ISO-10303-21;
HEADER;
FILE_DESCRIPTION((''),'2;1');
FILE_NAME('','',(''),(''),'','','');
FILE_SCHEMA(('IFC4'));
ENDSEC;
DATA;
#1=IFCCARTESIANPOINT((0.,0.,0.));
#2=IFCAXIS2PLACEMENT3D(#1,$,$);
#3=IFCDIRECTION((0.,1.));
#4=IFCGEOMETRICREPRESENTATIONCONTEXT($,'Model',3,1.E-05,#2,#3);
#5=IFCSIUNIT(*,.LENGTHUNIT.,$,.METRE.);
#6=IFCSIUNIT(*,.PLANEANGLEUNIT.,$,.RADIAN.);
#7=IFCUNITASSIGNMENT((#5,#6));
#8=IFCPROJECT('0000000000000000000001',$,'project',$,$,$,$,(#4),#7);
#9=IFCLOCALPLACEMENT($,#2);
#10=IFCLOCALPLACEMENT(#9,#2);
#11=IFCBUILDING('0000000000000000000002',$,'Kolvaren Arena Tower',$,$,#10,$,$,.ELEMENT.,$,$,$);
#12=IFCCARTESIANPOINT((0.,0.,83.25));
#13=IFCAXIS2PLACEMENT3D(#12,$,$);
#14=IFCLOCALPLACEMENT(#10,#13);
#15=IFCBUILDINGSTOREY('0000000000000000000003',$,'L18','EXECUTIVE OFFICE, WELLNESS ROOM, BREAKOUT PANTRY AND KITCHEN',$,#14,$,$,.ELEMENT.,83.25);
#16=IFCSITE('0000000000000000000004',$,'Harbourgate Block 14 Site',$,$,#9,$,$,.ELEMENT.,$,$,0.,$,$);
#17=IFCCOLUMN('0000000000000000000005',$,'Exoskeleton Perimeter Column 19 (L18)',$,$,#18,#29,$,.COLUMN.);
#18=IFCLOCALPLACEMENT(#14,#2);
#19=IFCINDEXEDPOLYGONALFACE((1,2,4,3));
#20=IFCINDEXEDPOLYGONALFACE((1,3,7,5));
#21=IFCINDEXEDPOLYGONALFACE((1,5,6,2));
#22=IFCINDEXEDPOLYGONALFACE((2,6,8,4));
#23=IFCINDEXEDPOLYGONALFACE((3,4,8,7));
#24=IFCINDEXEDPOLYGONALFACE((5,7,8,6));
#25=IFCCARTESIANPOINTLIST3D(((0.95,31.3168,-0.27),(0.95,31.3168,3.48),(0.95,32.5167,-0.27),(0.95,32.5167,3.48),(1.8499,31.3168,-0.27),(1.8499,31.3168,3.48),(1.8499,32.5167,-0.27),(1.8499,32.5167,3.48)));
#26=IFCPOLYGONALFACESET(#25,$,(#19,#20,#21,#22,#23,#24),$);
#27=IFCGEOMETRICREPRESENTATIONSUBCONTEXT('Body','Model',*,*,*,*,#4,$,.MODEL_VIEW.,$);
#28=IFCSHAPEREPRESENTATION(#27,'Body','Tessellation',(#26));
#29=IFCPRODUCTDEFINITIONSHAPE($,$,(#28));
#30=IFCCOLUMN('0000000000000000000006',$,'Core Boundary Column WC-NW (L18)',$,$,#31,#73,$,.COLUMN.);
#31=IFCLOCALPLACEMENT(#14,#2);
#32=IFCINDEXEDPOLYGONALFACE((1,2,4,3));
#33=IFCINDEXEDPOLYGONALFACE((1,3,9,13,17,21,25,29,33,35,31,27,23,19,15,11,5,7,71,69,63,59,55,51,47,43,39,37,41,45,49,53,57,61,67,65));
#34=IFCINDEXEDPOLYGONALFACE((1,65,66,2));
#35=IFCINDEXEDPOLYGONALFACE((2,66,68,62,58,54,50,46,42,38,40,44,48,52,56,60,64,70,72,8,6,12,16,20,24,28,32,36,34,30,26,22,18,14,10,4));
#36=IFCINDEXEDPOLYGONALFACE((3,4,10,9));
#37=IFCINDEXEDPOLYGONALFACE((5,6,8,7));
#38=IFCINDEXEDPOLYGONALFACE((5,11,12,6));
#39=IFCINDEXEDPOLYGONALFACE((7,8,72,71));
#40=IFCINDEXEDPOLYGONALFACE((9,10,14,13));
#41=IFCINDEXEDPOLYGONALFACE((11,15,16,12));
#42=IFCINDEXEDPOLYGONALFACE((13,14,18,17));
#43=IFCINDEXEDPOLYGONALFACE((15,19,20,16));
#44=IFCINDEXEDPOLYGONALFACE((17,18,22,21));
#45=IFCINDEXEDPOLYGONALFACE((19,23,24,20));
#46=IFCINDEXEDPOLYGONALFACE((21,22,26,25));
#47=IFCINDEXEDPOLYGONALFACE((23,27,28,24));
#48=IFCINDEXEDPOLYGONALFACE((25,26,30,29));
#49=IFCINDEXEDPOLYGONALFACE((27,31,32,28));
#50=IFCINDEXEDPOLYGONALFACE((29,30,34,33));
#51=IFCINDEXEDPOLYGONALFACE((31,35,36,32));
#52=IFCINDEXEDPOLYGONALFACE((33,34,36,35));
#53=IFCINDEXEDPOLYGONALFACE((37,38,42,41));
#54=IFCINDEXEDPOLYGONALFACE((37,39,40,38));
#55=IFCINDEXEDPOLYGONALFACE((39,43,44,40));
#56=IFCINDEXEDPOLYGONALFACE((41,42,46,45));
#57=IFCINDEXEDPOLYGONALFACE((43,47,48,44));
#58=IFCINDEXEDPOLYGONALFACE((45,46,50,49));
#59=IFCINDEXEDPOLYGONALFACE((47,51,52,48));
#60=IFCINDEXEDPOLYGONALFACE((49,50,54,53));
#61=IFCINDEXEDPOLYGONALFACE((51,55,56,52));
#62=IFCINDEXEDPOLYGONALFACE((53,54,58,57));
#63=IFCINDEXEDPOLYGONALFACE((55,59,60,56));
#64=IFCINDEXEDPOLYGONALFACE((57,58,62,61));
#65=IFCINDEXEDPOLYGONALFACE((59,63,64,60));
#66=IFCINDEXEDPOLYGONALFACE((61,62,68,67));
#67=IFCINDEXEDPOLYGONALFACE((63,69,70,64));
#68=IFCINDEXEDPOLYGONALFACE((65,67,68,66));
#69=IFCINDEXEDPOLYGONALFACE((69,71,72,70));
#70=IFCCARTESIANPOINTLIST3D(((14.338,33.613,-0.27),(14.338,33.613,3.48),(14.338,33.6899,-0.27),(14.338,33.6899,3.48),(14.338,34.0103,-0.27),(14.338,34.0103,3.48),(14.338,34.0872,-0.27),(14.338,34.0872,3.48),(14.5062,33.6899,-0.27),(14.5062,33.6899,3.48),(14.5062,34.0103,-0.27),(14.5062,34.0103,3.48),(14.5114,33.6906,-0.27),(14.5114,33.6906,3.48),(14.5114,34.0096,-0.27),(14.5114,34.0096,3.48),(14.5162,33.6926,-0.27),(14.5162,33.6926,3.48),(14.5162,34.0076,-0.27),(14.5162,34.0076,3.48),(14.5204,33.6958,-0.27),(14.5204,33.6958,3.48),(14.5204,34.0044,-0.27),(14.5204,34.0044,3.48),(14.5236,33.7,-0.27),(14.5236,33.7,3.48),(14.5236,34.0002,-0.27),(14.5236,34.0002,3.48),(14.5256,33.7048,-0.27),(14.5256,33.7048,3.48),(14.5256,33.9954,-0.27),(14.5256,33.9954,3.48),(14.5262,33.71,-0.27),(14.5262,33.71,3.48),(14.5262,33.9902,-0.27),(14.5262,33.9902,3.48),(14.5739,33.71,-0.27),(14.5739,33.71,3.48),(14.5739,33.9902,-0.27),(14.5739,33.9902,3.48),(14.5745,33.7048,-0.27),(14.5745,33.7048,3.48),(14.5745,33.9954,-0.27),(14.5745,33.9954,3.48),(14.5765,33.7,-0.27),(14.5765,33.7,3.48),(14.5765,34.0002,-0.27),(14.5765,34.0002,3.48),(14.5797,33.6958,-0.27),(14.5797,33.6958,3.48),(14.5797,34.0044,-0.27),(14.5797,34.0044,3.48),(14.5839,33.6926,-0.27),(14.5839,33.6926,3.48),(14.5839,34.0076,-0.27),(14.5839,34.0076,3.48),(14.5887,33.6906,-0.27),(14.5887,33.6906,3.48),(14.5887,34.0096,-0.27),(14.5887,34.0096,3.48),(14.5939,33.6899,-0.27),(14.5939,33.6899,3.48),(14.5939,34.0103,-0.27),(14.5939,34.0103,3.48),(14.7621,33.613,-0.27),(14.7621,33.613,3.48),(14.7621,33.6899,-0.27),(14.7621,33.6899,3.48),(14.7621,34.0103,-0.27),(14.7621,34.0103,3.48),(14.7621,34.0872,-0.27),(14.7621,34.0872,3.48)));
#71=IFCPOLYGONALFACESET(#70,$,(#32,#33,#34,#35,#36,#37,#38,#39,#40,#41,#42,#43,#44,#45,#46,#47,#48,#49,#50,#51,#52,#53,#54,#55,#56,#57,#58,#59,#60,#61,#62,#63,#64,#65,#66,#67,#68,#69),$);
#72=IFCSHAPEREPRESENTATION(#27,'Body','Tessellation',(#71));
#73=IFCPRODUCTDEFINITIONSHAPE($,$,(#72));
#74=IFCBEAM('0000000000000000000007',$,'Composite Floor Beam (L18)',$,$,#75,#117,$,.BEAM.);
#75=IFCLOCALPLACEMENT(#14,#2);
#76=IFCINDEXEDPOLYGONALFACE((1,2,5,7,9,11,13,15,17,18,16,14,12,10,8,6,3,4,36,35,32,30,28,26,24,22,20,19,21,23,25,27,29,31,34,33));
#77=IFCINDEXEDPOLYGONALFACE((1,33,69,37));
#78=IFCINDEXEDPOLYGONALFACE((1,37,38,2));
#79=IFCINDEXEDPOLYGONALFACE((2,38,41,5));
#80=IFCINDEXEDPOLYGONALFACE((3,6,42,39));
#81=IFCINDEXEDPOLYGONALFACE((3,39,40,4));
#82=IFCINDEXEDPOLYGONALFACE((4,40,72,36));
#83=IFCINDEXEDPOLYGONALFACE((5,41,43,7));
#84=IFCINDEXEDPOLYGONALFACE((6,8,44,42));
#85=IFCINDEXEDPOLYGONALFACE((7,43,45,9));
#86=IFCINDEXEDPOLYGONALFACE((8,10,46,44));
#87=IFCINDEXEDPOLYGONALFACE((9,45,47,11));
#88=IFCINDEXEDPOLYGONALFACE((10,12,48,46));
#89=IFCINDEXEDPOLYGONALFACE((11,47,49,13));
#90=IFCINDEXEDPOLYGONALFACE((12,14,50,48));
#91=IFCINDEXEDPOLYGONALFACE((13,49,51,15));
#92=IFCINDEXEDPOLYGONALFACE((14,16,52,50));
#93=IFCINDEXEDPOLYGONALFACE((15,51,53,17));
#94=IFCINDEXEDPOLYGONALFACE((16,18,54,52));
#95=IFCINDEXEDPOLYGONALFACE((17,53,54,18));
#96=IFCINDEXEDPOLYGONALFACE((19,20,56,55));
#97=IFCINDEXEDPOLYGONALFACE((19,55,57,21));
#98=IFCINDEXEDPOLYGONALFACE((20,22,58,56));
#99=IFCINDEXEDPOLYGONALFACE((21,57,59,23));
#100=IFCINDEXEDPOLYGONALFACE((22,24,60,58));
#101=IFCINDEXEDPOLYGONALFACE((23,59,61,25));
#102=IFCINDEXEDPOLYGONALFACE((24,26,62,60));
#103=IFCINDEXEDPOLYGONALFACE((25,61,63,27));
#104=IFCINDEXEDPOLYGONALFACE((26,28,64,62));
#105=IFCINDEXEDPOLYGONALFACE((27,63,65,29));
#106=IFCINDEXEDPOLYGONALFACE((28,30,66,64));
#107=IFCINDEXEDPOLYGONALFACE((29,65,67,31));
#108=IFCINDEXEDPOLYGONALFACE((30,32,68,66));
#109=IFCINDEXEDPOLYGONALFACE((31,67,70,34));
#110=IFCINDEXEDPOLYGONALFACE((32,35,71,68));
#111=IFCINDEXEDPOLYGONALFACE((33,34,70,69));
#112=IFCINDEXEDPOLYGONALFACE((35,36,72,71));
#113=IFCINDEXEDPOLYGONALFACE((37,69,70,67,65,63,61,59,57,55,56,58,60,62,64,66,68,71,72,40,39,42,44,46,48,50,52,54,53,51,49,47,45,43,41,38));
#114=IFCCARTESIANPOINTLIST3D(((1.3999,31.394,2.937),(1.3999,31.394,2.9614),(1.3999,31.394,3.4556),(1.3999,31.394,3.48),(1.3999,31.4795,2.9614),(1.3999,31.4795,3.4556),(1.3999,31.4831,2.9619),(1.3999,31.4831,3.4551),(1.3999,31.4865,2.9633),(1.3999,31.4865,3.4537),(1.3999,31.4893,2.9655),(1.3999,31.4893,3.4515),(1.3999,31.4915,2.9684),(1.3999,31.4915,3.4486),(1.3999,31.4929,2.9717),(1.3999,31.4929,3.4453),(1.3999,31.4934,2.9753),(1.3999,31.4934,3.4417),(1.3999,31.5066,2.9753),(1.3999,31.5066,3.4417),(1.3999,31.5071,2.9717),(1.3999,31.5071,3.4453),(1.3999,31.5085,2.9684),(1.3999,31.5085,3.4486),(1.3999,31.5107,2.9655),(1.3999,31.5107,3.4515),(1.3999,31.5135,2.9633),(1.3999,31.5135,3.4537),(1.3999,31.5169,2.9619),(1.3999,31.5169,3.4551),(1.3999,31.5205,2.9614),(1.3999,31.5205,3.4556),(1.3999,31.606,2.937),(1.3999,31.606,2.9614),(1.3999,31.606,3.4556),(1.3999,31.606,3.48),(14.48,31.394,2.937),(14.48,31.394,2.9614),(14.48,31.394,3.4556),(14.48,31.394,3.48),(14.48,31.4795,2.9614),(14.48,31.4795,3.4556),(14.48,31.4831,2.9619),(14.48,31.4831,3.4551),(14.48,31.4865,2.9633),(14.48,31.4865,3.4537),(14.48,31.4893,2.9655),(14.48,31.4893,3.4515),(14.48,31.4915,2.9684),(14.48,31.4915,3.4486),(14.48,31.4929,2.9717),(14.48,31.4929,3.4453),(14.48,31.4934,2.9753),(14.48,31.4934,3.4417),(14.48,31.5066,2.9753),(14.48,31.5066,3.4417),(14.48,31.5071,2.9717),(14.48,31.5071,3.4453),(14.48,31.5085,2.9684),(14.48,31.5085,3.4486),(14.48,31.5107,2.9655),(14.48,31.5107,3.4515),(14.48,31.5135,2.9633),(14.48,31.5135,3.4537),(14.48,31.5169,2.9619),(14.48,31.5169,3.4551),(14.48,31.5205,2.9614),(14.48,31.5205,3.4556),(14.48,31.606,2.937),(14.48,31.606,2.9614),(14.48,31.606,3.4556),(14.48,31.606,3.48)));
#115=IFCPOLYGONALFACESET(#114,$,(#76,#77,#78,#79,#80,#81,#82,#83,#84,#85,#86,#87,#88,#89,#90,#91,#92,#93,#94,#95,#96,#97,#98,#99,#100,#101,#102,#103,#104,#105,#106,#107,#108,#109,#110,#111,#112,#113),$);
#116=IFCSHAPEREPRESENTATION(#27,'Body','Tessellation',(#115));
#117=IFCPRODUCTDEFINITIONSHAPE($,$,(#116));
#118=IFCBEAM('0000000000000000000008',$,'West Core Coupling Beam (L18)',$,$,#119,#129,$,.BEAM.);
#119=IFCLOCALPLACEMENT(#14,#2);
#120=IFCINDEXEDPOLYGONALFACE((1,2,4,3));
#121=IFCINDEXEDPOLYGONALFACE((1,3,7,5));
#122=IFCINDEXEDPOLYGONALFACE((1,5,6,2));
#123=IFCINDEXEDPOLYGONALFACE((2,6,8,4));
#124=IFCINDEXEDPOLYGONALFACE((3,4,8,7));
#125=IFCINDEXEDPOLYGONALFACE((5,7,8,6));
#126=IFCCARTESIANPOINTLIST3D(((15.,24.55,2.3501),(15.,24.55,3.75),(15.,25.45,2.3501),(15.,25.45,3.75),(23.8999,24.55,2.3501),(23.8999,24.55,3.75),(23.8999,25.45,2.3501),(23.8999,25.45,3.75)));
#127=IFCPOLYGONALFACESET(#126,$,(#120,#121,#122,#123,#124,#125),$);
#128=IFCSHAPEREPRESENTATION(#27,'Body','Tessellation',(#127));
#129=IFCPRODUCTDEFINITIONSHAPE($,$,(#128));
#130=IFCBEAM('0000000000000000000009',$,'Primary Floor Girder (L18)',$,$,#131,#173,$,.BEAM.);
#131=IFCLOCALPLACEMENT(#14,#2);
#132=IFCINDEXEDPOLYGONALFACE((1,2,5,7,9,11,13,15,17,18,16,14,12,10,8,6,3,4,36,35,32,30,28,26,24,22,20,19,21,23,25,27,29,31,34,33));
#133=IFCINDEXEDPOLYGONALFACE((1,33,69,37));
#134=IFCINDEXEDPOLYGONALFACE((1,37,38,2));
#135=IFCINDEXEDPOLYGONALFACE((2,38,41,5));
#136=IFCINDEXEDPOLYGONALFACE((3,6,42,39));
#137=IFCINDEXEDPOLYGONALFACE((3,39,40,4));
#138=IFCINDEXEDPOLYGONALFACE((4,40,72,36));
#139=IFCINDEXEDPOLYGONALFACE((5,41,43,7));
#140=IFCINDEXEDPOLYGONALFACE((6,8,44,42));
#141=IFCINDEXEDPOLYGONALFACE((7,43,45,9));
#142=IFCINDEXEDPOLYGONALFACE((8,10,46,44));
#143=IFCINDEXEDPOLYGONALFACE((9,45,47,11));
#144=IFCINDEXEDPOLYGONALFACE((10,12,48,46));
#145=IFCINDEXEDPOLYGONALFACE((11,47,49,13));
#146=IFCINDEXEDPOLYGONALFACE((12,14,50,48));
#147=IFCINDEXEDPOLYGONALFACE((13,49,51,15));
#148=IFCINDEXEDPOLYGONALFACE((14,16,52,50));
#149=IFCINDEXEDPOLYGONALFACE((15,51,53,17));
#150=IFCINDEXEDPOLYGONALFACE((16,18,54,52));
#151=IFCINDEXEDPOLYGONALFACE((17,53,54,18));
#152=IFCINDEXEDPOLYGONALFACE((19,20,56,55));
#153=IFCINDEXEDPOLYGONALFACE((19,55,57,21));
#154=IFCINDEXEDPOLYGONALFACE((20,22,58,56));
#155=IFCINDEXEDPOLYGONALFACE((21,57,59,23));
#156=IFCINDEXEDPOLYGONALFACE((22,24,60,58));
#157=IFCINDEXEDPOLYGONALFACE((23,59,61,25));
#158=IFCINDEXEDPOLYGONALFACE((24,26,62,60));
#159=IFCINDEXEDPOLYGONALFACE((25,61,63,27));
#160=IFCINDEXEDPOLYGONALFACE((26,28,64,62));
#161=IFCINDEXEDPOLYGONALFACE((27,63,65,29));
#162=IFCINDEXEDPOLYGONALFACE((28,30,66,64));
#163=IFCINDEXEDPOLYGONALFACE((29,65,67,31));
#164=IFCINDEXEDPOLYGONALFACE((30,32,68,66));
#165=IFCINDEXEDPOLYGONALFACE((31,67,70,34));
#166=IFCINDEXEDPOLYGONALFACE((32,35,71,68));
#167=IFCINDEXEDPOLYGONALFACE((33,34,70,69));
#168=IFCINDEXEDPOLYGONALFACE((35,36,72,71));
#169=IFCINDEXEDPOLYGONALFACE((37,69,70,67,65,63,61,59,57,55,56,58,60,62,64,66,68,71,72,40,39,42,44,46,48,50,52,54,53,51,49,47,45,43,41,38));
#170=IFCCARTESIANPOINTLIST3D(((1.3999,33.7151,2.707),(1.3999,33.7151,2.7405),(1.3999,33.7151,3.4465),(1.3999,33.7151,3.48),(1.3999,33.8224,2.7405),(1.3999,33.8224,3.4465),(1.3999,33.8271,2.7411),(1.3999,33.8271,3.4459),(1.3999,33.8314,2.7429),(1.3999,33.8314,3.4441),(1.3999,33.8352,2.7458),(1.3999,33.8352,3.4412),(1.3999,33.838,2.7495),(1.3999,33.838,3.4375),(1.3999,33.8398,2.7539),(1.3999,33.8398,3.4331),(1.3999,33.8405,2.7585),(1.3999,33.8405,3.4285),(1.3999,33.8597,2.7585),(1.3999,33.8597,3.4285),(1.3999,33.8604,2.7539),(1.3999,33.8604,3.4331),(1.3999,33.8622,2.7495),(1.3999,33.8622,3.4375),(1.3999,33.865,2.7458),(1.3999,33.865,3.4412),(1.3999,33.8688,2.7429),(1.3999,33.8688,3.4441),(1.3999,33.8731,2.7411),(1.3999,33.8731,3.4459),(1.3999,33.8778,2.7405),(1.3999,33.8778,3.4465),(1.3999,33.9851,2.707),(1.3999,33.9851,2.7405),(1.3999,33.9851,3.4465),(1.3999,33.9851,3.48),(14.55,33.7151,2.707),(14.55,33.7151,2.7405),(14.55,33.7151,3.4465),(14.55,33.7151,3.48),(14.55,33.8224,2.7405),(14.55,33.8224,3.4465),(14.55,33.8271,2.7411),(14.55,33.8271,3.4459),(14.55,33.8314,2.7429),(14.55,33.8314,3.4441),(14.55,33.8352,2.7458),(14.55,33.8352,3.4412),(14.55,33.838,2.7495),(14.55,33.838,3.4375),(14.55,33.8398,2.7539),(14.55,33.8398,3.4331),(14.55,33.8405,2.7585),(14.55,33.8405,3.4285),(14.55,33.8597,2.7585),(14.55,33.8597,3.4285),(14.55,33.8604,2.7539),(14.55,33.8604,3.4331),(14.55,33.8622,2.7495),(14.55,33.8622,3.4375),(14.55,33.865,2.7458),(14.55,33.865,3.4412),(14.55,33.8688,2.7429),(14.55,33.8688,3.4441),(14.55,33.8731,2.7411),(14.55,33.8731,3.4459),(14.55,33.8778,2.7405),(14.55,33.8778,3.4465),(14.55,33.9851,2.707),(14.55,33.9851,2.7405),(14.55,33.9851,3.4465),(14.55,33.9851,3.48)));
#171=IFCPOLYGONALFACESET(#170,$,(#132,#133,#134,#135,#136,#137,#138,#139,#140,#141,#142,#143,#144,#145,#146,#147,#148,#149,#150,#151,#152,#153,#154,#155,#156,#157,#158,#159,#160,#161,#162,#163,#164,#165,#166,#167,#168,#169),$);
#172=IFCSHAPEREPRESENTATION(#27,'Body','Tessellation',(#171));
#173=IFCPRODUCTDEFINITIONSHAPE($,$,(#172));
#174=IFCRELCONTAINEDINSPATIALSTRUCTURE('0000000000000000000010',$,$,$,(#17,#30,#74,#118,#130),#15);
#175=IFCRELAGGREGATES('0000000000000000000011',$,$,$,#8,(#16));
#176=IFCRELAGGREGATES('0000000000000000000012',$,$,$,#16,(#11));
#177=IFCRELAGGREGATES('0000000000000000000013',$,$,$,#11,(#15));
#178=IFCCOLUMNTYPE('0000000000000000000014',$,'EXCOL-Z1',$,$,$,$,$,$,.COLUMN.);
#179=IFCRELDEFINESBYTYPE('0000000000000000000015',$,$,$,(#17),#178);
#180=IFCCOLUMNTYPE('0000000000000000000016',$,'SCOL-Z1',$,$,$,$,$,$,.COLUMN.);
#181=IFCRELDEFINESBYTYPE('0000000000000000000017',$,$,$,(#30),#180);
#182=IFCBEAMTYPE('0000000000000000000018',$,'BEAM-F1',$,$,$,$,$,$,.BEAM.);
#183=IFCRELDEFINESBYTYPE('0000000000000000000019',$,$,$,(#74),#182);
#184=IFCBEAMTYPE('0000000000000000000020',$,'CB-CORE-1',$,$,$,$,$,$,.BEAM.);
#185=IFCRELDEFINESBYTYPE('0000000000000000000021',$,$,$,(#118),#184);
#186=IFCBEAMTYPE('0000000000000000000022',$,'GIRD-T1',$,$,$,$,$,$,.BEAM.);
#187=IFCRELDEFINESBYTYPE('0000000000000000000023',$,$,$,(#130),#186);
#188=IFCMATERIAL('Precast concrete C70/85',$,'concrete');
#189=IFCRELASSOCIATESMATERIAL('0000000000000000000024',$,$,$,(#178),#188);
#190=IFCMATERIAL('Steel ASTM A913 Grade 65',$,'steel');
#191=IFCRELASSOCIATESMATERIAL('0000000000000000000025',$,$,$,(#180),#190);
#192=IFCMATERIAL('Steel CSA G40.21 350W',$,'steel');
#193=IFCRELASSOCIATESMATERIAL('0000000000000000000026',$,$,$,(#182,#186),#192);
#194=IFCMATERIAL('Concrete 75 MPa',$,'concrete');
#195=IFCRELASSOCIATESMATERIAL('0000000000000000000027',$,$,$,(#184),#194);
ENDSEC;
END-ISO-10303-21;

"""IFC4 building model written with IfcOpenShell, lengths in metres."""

from ifc_helpers import new_model, si_unit, direction, frame, origin, origin_2d, place, context, subcontext, project, spatial, rectangle, i_section, extrude, material, material_profile, profile_set, type_object, element, save


model = new_model("IFC4")

# Units and contexts
model_context = context("Model", 3, precision=1e-05, world=origin(), true_north=direction((0.0, 1.0)))
body_context = subcontext(model_context, "Body", "Model", "MODEL_VIEW")
ifc_project = project(units=[si_unit("LENGTHUNIT", "METRE"), si_unit("PLANEANGLEUNIT", "RADIAN")], contexts=[model_context])

# Site, building, storey
site_placement = place(None, origin())
site = spatial("IfcSite", under=ifc_project, at=site_placement, Name="Harbourgate Block 14 Site", CompositionType="ELEMENT", RefElevation=0.0)
building_placement = place(site_placement, origin())
building = spatial("IfcBuilding", under=site, at=building_placement, Name="Kolvaren Arena Tower", CompositionType="ELEMENT")
storey_placement = place(building_placement, frame((0.0, 0.0, 83.25)))
storey = spatial("IfcBuildingStorey", under=building, at=storey_placement, Name="L18", Description="EXECUTIVE OFFICE, WELLNESS ROOM, BREAKOUT PANTRY AND KITCHEN", CompositionType="ELEMENT", Elevation=83.25)

# Columns
ifc_material_1 = material(Name="Precast concrete C70/85", Category="concrete")
ifc_material_profile_1 = material_profile(ifc_material_1, rectangle(XDim=1.2, YDim=0.8999, at=origin_2d()), Name="RC-1200x900")
ifc_profile_set_1 = profile_set([ifc_material_profile_1], Name="Precast concrete C70/85")
column_type_1 = type_object("IfcColumnType", Name="EXCOL-Z1", PredefinedType="COLUMN", material=ifc_profile_set_1)
column_1_placement = place(storey_placement, frame((1.3999, 31.9167, -0.27), z_axis=(0.0, 0.0, 1.0), x_axis=(0.0, 1.0, 0.0)))
element("IfcColumn", 1, at=column_1_placement, inside=storey, type_object=column_type_1, Name="Exoskeleton Perimeter Column 19 (L18)", PredefinedType="COLUMN", context=body_context, shape_type="SweptSolid", body=[
    extrude(rectangle(XDim=1.2, YDim=0.8999, at=origin_2d()), origin(), (0.0, 0.0, 1.0), 3.75),
])
ifc_material_2 = material(Name="Steel ASTM A913 Grade 65", Category="steel")
ifc_material_profile_2 = material_profile(ifc_material_2, i_section(OverallWidth=0.4241, OverallDepth=0.4741, WebThickness=0.0476, FlangeThickness=0.0769, FilletRadius=0.02, at=origin_2d()), Name="W360x634")
ifc_profile_set_2 = profile_set([ifc_material_profile_2], Name="Steel ASTM A913 Grade 65")
column_type_2 = type_object("IfcColumnType", Name="SCOL-Z1", PredefinedType="COLUMN", material=ifc_profile_set_2)
column_2_placement = place(storey_placement, frame((14.55, 33.8501, -0.27), z_axis=(0.0, 0.0, 1.0), x_axis=(1.0, 0.0, 0.0)))
element("IfcColumn", 2, at=column_2_placement, inside=storey, type_object=column_type_2, Name="Core Boundary Column WC-NW (L18)", PredefinedType="COLUMN", context=body_context, shape_type="SweptSolid", body=[
    extrude(i_section(OverallWidth=0.4241, OverallDepth=0.4741, WebThickness=0.0476, FlangeThickness=0.0769, FilletRadius=0.02, at=origin_2d()), origin(), (0.0, 0.0, 1.0), 3.75),
])

# Beams
ifc_material_3 = material(Name="Steel CSA G40.21 350W", Category="steel")
ifc_material_profile_3 = material_profile(ifc_material_3, i_section(OverallWidth=0.2119, OverallDepth=0.543, WebThickness=0.0132, FlangeThickness=0.0244, FilletRadius=0.0139, at=origin_2d()), Name="W530x150")
ifc_profile_set_3 = profile_set([ifc_material_profile_3], Name="Steel CSA G40.21 350W")
beam_type_1 = type_object("IfcBeamType", Name="BEAM-F1", PredefinedType="BEAM", material=ifc_profile_set_3)
beam_1_placement = place(storey_placement, frame((1.3999, 31.5, 3.2085), z_axis=(1.0, 0.0, 0.0), x_axis=(0.0, 1.0, 0.0)))
element("IfcBeam", 3, at=beam_1_placement, inside=storey, type_object=beam_type_1, Name="Composite Floor Beam (L18)", PredefinedType="BEAM", context=body_context, shape_type="SweptSolid", body=[
    extrude(i_section(OverallWidth=0.2119, OverallDepth=0.543, WebThickness=0.0132, FlangeThickness=0.0244, FilletRadius=0.0139, at=origin_2d()), origin(), (0.0, 0.0, 1.0), 13.0801),
])
ifc_material_4 = material(Name="Concrete 75 MPa", Category="concrete")
ifc_material_profile_4 = material_profile(ifc_material_4, rectangle(XDim=0.8999, YDim=1.3999, at=origin_2d()), Name="RC-900x1400")
ifc_profile_set_4 = profile_set([ifc_material_profile_4], Name="Concrete 75 MPa")
beam_type_2 = type_object("IfcBeamType", Name="CB-CORE-1", PredefinedType="BEAM", material=ifc_profile_set_4)
beam_2_placement = place(storey_placement, frame((15.0, 25.0, 3.05), z_axis=(1.0, 0.0, 0.0), x_axis=(0.0, 1.0, 0.0)))
element("IfcBeam", 4, at=beam_2_placement, inside=storey, type_object=beam_type_2, Name="West Core Coupling Beam (L18)", PredefinedType="BEAM", context=body_context, shape_type="SweptSolid", body=[
    extrude(rectangle(XDim=0.8999, YDim=1.3999, at=origin_2d()), origin(), (0.0, 0.0, 1.0), 8.8999),
])
ifc_material_profile_5 = material_profile(ifc_material_3, i_section(OverallWidth=0.27, OverallDepth=0.7729, WebThickness=0.0193, FlangeThickness=0.0334, FilletRadius=0.0181, at=origin_2d()), Name="W760x257")
ifc_profile_set_5 = profile_set([ifc_material_profile_5], Name="Steel CSA G40.21 350W")
beam_type_3 = type_object("IfcBeamType", Name="GIRD-T1", PredefinedType="BEAM", material=ifc_profile_set_5)
beam_3_placement = place(storey_placement, frame((1.3999, 33.8501, 3.0935), z_axis=(1.0, 0.0, 0.0), x_axis=(0.0, 1.0, 0.0)))
element("IfcBeam", 5, at=beam_3_placement, inside=storey, type_object=beam_type_3, Name="Primary Floor Girder (L18)", PredefinedType="BEAM", context=body_context, shape_type="SweptSolid", body=[
    extrude(i_section(OverallWidth=0.27, OverallDepth=0.7729, WebThickness=0.0193, FlangeThickness=0.0334, FilletRadius=0.0181, at=origin_2d()), origin(), (0.0, 0.0, 1.0), 13.1501),
])

save(model, "model.ifc")
